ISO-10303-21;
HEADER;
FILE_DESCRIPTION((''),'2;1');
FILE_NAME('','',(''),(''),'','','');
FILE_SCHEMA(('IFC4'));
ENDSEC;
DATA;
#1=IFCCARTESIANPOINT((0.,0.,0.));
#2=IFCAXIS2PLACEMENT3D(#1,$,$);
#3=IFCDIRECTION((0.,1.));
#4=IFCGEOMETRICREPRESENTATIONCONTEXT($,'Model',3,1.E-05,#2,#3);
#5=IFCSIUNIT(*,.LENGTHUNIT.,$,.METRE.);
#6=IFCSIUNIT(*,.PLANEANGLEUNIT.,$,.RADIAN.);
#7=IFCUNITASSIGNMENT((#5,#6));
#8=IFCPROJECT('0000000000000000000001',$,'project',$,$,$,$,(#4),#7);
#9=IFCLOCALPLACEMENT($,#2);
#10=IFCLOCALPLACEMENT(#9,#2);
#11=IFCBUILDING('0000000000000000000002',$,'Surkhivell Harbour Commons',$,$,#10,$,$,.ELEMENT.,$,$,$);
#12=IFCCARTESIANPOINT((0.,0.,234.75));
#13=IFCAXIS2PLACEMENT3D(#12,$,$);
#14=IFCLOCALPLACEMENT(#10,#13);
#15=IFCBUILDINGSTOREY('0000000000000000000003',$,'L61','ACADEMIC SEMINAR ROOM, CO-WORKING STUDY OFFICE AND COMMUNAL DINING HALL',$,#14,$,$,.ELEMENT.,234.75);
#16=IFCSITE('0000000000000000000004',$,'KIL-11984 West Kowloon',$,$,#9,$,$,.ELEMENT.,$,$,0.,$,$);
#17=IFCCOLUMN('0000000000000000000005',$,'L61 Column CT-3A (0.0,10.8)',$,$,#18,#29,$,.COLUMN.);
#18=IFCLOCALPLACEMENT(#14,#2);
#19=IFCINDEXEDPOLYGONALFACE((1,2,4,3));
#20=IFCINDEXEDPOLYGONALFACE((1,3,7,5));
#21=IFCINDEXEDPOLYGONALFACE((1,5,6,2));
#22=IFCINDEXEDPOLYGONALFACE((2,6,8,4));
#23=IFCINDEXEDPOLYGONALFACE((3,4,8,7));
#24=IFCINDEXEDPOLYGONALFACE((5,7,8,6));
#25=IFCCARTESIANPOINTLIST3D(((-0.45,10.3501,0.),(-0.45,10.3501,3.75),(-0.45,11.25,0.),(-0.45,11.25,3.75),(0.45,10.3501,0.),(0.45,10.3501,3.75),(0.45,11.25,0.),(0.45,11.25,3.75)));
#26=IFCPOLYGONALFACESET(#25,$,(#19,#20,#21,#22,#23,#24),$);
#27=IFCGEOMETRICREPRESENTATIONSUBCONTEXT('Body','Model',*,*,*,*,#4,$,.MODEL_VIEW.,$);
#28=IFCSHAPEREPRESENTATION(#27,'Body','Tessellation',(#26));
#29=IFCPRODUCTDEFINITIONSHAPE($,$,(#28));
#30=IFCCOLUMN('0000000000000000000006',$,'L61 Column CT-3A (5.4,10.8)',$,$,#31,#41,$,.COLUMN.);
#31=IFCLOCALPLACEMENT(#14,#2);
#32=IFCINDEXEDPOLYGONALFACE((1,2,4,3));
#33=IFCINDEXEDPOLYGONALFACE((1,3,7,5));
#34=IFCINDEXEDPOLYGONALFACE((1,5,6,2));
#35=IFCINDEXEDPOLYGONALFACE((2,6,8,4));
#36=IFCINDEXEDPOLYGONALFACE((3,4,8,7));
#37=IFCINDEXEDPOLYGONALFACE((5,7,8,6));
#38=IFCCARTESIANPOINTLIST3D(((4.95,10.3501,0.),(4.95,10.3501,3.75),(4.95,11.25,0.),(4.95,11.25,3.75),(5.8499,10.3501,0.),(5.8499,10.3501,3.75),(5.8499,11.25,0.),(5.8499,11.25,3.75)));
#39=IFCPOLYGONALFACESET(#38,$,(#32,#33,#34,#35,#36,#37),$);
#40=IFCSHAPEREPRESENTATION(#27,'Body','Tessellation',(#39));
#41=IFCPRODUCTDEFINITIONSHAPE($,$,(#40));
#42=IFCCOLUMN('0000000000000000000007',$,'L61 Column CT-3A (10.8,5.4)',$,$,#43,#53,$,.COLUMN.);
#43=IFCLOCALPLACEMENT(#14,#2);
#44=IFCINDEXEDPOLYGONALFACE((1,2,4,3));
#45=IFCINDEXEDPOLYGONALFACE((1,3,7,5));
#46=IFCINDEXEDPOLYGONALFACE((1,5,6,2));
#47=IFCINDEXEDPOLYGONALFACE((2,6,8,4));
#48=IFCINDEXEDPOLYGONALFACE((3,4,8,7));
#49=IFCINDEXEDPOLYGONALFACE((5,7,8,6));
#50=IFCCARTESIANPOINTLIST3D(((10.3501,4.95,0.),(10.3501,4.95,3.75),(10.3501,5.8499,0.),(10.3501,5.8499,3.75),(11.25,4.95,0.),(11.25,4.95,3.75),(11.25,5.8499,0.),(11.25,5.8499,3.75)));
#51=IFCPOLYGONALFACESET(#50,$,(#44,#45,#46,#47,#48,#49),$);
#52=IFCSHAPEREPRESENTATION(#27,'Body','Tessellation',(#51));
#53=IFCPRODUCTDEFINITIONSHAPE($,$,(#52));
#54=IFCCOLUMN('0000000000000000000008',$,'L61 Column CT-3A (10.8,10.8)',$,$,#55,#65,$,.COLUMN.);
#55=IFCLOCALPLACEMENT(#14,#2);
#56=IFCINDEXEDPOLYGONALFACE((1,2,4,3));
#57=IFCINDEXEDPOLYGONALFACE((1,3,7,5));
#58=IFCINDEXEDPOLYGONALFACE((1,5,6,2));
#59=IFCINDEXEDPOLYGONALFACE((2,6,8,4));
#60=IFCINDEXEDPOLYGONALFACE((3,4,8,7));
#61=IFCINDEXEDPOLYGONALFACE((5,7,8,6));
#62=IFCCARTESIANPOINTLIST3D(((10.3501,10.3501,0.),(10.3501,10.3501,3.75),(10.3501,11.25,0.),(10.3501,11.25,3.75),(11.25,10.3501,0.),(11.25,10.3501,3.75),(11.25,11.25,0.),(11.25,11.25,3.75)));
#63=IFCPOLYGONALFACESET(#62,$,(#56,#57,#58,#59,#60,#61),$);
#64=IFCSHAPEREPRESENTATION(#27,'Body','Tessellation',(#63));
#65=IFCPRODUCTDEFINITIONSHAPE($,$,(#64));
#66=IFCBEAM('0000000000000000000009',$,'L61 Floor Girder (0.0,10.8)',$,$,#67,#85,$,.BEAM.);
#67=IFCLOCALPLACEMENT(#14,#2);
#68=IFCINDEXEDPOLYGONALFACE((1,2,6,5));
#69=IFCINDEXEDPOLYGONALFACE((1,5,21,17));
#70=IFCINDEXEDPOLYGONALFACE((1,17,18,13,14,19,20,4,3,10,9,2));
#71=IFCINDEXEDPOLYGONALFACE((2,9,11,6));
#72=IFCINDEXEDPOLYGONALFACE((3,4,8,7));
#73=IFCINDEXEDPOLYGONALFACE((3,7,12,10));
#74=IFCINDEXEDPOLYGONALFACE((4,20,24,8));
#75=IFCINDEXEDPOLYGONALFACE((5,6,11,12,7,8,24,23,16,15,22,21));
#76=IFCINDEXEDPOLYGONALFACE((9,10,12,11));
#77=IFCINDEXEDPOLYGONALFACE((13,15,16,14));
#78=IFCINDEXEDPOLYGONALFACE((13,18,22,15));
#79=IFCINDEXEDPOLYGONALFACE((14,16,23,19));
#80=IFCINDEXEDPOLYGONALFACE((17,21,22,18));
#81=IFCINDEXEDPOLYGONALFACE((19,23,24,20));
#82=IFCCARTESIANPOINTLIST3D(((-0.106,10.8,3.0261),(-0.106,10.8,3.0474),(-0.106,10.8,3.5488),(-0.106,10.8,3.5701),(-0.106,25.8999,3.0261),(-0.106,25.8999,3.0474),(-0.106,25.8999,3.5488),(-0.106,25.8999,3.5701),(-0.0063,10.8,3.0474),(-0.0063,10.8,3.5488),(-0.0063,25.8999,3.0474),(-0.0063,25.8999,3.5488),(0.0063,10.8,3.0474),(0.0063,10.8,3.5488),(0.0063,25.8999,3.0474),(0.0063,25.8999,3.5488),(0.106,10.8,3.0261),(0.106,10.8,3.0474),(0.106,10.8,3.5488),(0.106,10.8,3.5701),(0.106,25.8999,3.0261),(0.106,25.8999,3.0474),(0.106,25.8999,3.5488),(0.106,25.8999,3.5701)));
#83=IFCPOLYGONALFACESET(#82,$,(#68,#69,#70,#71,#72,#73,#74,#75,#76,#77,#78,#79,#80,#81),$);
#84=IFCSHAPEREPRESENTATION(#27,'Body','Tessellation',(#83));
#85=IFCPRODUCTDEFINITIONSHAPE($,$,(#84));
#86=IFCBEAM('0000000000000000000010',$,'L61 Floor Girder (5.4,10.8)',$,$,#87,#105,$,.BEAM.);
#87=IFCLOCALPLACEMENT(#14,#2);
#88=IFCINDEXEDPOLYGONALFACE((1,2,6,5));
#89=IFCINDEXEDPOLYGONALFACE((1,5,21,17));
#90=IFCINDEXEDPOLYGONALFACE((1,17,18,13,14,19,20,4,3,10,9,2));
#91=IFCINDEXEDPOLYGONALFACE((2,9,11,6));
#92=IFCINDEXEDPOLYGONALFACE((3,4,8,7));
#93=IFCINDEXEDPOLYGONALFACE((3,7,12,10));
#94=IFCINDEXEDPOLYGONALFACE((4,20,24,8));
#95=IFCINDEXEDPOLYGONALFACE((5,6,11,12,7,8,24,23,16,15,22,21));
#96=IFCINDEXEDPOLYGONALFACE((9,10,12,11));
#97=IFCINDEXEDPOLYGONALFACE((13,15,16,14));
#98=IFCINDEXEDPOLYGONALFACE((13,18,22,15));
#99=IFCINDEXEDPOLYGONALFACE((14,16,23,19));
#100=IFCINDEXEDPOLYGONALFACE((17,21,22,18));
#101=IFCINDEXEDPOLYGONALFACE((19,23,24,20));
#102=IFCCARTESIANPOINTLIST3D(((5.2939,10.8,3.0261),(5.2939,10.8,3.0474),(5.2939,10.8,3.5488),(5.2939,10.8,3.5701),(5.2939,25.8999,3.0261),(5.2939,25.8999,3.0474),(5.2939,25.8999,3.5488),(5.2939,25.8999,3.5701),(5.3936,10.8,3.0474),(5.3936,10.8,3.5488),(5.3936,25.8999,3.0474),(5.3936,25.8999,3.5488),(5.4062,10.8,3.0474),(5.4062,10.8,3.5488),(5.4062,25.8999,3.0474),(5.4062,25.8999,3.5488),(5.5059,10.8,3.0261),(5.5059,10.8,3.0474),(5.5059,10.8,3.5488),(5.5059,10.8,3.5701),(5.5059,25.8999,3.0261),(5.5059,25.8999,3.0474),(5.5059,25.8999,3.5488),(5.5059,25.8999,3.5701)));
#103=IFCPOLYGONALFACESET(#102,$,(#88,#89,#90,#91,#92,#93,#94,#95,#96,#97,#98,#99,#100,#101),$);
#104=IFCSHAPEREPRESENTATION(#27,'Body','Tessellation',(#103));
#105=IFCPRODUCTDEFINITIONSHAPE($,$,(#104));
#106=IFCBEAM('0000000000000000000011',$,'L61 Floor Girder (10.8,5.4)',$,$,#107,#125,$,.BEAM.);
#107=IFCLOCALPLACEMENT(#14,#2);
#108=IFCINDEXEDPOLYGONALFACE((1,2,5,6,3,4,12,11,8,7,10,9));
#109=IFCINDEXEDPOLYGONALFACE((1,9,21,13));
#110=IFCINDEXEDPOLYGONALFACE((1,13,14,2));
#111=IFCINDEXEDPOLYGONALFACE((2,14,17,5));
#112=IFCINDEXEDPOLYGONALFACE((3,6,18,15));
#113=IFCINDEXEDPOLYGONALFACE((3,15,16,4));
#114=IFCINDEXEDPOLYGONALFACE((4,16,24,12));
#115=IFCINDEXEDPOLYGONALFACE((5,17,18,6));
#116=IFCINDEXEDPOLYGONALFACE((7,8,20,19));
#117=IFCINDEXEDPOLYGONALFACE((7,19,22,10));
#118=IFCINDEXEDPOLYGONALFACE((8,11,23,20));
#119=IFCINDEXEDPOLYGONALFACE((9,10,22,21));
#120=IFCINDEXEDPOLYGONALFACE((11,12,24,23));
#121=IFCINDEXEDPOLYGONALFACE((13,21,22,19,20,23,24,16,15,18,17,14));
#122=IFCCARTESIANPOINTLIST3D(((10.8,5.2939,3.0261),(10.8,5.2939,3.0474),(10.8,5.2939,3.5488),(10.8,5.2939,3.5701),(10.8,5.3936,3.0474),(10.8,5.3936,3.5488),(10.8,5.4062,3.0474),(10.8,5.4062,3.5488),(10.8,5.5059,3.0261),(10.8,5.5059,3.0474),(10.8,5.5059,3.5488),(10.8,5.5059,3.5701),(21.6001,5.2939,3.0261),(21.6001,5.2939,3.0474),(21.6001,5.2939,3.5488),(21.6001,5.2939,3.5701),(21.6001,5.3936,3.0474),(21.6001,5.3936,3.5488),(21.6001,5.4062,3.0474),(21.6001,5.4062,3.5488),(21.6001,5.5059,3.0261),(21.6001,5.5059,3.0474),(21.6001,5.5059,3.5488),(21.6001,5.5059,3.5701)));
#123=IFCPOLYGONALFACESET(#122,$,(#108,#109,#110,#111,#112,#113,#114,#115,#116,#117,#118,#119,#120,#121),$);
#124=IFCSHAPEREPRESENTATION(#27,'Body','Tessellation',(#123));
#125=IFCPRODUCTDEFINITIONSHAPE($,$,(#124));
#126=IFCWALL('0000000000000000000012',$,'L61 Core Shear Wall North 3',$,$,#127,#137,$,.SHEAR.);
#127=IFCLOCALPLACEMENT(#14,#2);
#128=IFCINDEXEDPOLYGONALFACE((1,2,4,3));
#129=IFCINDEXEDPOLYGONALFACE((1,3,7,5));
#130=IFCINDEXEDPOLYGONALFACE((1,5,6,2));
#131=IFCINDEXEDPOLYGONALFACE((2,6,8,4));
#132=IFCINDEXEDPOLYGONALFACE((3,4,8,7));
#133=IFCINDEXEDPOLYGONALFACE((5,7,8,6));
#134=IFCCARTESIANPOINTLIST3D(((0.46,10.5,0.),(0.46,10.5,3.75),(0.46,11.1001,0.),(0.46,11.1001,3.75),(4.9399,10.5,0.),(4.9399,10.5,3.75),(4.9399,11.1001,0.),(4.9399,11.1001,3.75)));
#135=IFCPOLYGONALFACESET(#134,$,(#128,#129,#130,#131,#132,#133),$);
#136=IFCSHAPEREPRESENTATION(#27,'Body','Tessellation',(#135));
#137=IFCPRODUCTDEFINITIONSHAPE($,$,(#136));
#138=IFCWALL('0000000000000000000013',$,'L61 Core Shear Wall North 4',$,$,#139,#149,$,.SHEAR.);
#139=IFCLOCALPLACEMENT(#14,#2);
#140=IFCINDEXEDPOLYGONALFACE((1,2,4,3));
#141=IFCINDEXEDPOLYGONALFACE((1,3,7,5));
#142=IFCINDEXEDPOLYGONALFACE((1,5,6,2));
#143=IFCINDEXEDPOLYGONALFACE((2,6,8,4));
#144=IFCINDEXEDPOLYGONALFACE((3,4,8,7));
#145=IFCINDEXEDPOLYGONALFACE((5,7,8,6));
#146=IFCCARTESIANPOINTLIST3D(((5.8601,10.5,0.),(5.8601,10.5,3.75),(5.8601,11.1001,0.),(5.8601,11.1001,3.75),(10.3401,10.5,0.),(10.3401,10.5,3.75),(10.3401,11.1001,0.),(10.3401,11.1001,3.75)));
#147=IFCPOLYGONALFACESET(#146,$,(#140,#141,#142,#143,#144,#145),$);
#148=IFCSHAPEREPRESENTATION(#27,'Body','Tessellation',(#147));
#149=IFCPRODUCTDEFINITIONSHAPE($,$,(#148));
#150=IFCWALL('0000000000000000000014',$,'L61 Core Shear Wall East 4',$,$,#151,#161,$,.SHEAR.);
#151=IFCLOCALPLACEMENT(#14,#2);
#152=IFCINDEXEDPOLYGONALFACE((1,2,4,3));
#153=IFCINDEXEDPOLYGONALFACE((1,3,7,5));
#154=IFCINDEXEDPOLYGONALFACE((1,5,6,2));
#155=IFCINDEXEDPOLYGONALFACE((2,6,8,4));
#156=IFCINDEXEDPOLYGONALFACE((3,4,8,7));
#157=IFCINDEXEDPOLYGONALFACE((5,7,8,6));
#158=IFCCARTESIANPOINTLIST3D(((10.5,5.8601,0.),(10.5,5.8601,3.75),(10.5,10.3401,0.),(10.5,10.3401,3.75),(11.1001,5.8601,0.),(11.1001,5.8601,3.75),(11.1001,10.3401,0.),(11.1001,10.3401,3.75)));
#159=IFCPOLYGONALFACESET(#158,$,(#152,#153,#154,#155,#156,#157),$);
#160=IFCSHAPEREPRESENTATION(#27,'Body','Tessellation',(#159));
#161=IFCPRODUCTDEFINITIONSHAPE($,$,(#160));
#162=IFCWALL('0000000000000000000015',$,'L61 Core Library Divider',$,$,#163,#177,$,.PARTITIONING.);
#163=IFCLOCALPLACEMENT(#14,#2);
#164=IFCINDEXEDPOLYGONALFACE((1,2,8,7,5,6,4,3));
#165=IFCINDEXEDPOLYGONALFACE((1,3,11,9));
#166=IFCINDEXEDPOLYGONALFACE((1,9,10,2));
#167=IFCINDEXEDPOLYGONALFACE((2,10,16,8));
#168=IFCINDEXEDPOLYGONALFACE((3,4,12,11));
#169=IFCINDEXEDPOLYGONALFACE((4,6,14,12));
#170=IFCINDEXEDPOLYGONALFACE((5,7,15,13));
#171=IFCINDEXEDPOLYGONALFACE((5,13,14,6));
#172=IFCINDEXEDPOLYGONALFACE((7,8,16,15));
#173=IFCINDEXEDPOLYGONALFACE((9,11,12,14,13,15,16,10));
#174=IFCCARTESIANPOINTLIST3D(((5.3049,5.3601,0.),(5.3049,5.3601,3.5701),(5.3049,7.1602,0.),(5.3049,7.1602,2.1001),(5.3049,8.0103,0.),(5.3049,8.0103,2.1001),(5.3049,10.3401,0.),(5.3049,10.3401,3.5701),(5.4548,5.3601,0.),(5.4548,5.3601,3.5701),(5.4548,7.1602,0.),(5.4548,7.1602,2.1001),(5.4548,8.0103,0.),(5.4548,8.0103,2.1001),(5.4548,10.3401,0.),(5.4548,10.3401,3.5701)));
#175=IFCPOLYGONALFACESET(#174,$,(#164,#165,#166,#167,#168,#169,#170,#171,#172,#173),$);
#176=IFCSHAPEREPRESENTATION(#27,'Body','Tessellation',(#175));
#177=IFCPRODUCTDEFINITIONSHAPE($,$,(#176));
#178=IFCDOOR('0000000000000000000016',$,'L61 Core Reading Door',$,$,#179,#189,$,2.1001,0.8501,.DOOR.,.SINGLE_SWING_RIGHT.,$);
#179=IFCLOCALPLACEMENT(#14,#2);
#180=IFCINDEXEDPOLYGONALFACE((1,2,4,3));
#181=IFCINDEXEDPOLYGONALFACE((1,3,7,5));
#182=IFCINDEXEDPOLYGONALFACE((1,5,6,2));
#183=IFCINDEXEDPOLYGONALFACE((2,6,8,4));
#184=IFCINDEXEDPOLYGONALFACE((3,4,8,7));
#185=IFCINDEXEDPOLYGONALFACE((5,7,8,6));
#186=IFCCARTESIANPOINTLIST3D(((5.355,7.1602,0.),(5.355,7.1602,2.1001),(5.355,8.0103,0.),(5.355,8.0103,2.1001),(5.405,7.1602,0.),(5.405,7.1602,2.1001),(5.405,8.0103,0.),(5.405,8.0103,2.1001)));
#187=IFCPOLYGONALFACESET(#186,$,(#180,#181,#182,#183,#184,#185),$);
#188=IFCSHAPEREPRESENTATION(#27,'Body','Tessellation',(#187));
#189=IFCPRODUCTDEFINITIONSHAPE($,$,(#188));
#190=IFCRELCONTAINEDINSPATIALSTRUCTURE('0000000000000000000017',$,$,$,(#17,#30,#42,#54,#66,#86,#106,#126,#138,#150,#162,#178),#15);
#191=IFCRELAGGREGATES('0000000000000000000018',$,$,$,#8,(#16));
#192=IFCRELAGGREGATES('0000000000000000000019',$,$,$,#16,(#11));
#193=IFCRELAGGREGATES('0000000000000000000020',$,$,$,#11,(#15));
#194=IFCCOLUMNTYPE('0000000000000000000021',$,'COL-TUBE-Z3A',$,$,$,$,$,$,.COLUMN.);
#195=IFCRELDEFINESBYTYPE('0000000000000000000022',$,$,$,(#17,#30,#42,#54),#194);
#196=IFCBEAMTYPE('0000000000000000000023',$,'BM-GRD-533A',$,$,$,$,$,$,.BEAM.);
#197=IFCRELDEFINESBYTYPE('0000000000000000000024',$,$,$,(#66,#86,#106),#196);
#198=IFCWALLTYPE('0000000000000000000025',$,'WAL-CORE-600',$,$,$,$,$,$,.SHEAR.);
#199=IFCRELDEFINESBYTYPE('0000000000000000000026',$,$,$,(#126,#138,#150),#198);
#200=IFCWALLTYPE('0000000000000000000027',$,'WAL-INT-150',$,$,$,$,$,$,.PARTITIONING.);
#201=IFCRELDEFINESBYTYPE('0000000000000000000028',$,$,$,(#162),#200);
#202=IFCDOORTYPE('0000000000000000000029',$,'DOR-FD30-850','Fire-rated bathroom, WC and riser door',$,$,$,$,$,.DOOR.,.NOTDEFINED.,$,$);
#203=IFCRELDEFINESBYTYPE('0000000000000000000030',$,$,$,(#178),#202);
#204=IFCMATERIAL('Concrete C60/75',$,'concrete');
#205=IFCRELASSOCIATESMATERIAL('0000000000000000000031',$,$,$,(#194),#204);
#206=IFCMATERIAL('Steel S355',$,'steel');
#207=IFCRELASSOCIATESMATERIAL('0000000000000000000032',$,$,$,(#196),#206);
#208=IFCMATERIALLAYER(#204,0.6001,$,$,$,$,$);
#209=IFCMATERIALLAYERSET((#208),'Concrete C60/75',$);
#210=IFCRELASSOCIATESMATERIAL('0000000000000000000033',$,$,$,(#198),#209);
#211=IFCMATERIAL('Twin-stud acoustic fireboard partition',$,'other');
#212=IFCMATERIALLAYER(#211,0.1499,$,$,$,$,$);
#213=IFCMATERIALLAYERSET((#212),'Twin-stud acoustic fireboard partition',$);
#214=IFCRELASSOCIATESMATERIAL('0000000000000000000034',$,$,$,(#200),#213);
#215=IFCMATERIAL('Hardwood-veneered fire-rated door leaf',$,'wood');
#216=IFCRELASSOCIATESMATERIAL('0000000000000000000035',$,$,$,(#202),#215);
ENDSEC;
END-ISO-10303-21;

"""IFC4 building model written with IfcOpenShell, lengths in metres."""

from ifc_helpers import new_model, si_unit, direction, frame, frame_2d, origin, origin_2d, place, context, subcontext, project, spatial, rectangle, i_section, extrude, material, layer, layer_set, material_profile, profile_set, type_object, element, fill, save


model = new_model("IFC4")

# Units and contexts
model_context = context("Model", 3, precision=1e-05, world=origin(), true_north=direction((0.0, 1.0)))
body_context = subcontext(model_context, "Body", "Model", "MODEL_VIEW")
ifc_project = project(units=[si_unit("LENGTHUNIT", "METRE"), si_unit("PLANEANGLEUNIT", "RADIAN")], contexts=[model_context])

# Site, building, storey
site_placement = place(None, origin())
site = spatial("IfcSite", under=ifc_project, at=site_placement, Name="KIL-11984 West Kowloon", CompositionType="ELEMENT", RefElevation=0.0)
building_placement = place(site_placement, origin())
building = spatial("IfcBuilding", under=site, at=building_placement, Name="Surkhivell Harbour Commons", CompositionType="ELEMENT")
storey_placement = place(building_placement, frame((0.0, 0.0, 234.75)))
storey = spatial("IfcBuildingStorey", under=building, at=storey_placement, Name="L61", Description="ACADEMIC SEMINAR ROOM, CO-WORKING STUDY OFFICE AND COMMUNAL DINING HALL", CompositionType="ELEMENT", Elevation=234.75)

# Columns
ifc_material_1 = material(Name="Concrete C60/75", Category="concrete")
ifc_material_profile_1 = material_profile(ifc_material_1, rectangle(XDim=0.8999, YDim=0.8999, at=origin_2d()), Name="RC-COL-900x900")
ifc_profile_set_1 = profile_set([ifc_material_profile_1], Name="Concrete C60/75")
column_type = type_object("IfcColumnType", Name="COL-TUBE-Z3A", PredefinedType="COLUMN", material=ifc_profile_set_1)
for number, where, z_axis, x_axis, name in (
    (1, (0.0, 10.8, 0.0), (0.0, 0.0, 1.0), (1.0, 0.0, 0.0), "L61 Column CT-3A (0.0,10.8)"),
    (2, (5.3999, 10.8, 0.0), (0.0, 0.0, 1.0), (1.0, 0.0, 0.0), "L61 Column CT-3A (5.4,10.8)"),
    (3, (10.8, 5.3999, 0.0), (0.0, 0.0, 1.0), (1.0, 0.0, 0.0), "L61 Column CT-3A (10.8,5.4)"),
    (4, (10.8, 10.8, 0.0), (0.0, 0.0, 1.0), (1.0, 0.0, 0.0), "L61 Column CT-3A (10.8,10.8)"),
):
    element("IfcColumn", number, at=place(storey_placement, frame(where, z_axis=z_axis, x_axis=x_axis)), inside=storey, type_object=column_type, Name=name, PredefinedType="COLUMN", context=body_context, shape_type="SweptSolid", body=[
        extrude(rectangle(XDim=0.8999, YDim=0.8999, at=origin_2d()), origin(), (0.0, 0.0, 1.0), 3.75),
    ])

# Beams
ifc_material_2 = material(Name="Steel S355", Category="steel")
ifc_material_profile_2 = material_profile(ifc_material_2, i_section(OverallWidth=0.2119, OverallDepth=0.5439, WebThickness=0.0127, FlangeThickness=0.0212, at=origin_2d()), Name="UB533x210x122")
ifc_profile_set_2 = profile_set([ifc_material_profile_2], Name="Steel S355")
beam_type = type_object("IfcBeamType", Name="BM-GRD-533A", PredefinedType="BEAM", material=ifc_profile_set_2)
for number, where, z_axis, x_axis, name in (
    (5, (0.0, 10.8, 3.2981), (0.0, 1.0, 0.0), (-1.0, 0.0, 0.0), "L61 Floor Girder (0.0,10.8)"),
    (6, (5.3999, 10.8, 3.2981), (0.0, 1.0, 0.0), (-1.0, 0.0, 0.0), "L61 Floor Girder (5.4,10.8)"),
):
    element("IfcBeam", number, at=place(storey_placement, frame(where, z_axis=z_axis, x_axis=x_axis)), inside=storey, type_object=beam_type, Name=name, PredefinedType="BEAM", context=body_context, shape_type="SweptSolid", body=[
        extrude(i_section(OverallWidth=0.2119, OverallDepth=0.5439, WebThickness=0.0127, FlangeThickness=0.0212, at=origin_2d()), origin(), (0.0, 0.0, 1.0), 15.0999),
    ])
beam_placement = place(storey_placement, frame((10.8, 5.3999, 3.2981), z_axis=(1.0, 0.0, 0.0), x_axis=(0.0, 1.0, 0.0)))
element("IfcBeam", 7, at=beam_placement, inside=storey, type_object=beam_type, Name="L61 Floor Girder (10.8,5.4)", PredefinedType="BEAM", context=body_context, shape_type="SweptSolid", body=[
    extrude(i_section(OverallWidth=0.2119, OverallDepth=0.5439, WebThickness=0.0127, FlangeThickness=0.0212, at=origin_2d()), origin(), (0.0, 0.0, 1.0), 10.8),
])

# Walls
ifc_layer_1 = layer(ifc_material_1, 0.6001)
ifc_layer_set_1 = layer_set([ifc_layer_1], Name="Concrete C60/75")
wall_type_1 = type_object("IfcWallType", Name="WAL-CORE-600", PredefinedType="SHEAR", material=ifc_layer_set_1)
for number, where, z_axis, x_axis, name in (
    (8, (0.46, 10.8, 0.0), (0.0, 0.0, 1.0), (1.0, 0.0, 0.0), "L61 Core Shear Wall North 3"),
    (9, (5.8601, 10.8, 0.0), (0.0, 0.0, 1.0), (1.0, 0.0, 0.0), "L61 Core Shear Wall North 4"),
    (10, (10.8, 5.8601, 0.0), (0.0, 0.0, 1.0), (0.0, 1.0, 0.0), "L61 Core Shear Wall East 4"),
):
    element("IfcWall", number, at=place(storey_placement, frame(where, z_axis=z_axis, x_axis=x_axis)), inside=storey, type_object=wall_type_1, Name=name, PredefinedType="SHEAR", context=body_context, shape_type="SweptSolid", body=[
        extrude(rectangle(XDim=4.48, YDim=0.6001, at=frame_2d((2.24, 0.0))), origin(), (0.0, 0.0, 1.0), 3.75),
    ])

# Wall, opening, door
ifc_material_3 = material(Name="Twin-stud acoustic fireboard partition", Category="other")
ifc_layer_2 = layer(ifc_material_3, 0.1499)
ifc_layer_set_2 = layer_set([ifc_layer_2], Name="Twin-stud acoustic fireboard partition")
wall_type_2 = type_object("IfcWallType", Name="WAL-INT-150", PredefinedType="PARTITIONING", material=ifc_layer_set_2)
wall_1_placement = place(storey_placement, frame((5.3799, 5.3601, 0.0), z_axis=(0.0, 0.0, 1.0), x_axis=(0.0, 1.0, 0.0)))
wall_1 = element("IfcWall", 11, at=wall_1_placement, inside=storey, type_object=wall_type_2, Name="L61 Core Library Divider", PredefinedType="PARTITIONING", context=body_context, shape_type="SweptSolid", body=[
    extrude(rectangle(XDim=4.98, YDim=0.1499, at=frame_2d((2.49, 0.0))), origin(), (0.0, 0.0, 1.0), 3.5701),
])
opening_1_placement = place(wall_1_placement, frame((1.8, 0.0, 0.0)))
opening_1 = element("IfcOpeningElement", 12, at=opening_1_placement, cuts=wall_1, PredefinedType="OPENING", context=body_context, shape_type="SweptSolid", body=[
    extrude(rectangle(XDim=0.8501, YDim=2.1001, at=frame_2d((0.425, 1.05))), frame((0.0, 0.085, 0.0), z_axis=(0.0, -1.0, 0.0), x_axis=(1.0, 0.0, 0.0)), (0.0, 0.0, 1.0), 0.1699),
])
ifc_material_4 = material(Name="Hardwood-veneered fire-rated door leaf", Category="wood")
door_type_1 = type_object("IfcDoorType", Name="DOR-FD30-850", Description="Fire-rated bathroom, WC and riser door", OperationType="NOTDEFINED", PredefinedType="DOOR", material=ifc_material_4)
door_1_placement = place(opening_1_placement, origin())
door_1 = element("IfcDoor", 13, at=door_1_placement, inside=storey, type_object=door_type_1, Name="L61 Core Reading Door", OperationType="SINGLE_SWING_RIGHT", OverallHeight=2.1001, OverallWidth=0.8501, PredefinedType="DOOR", context=body_context, shape_type="SweptSolid", body=[
    extrude(rectangle(XDim=0.8501, YDim=2.1001, at=frame_2d((0.425, 1.05))), frame((0.0, 0.0249, 0.0), z_axis=(0.0, -1.0, 0.0), x_axis=(1.0, 0.0, 0.0)), (0.0, 0.0, 1.0), 0.05),
])
fill(opening_1, door_1)

save(model, "model.ifc")
